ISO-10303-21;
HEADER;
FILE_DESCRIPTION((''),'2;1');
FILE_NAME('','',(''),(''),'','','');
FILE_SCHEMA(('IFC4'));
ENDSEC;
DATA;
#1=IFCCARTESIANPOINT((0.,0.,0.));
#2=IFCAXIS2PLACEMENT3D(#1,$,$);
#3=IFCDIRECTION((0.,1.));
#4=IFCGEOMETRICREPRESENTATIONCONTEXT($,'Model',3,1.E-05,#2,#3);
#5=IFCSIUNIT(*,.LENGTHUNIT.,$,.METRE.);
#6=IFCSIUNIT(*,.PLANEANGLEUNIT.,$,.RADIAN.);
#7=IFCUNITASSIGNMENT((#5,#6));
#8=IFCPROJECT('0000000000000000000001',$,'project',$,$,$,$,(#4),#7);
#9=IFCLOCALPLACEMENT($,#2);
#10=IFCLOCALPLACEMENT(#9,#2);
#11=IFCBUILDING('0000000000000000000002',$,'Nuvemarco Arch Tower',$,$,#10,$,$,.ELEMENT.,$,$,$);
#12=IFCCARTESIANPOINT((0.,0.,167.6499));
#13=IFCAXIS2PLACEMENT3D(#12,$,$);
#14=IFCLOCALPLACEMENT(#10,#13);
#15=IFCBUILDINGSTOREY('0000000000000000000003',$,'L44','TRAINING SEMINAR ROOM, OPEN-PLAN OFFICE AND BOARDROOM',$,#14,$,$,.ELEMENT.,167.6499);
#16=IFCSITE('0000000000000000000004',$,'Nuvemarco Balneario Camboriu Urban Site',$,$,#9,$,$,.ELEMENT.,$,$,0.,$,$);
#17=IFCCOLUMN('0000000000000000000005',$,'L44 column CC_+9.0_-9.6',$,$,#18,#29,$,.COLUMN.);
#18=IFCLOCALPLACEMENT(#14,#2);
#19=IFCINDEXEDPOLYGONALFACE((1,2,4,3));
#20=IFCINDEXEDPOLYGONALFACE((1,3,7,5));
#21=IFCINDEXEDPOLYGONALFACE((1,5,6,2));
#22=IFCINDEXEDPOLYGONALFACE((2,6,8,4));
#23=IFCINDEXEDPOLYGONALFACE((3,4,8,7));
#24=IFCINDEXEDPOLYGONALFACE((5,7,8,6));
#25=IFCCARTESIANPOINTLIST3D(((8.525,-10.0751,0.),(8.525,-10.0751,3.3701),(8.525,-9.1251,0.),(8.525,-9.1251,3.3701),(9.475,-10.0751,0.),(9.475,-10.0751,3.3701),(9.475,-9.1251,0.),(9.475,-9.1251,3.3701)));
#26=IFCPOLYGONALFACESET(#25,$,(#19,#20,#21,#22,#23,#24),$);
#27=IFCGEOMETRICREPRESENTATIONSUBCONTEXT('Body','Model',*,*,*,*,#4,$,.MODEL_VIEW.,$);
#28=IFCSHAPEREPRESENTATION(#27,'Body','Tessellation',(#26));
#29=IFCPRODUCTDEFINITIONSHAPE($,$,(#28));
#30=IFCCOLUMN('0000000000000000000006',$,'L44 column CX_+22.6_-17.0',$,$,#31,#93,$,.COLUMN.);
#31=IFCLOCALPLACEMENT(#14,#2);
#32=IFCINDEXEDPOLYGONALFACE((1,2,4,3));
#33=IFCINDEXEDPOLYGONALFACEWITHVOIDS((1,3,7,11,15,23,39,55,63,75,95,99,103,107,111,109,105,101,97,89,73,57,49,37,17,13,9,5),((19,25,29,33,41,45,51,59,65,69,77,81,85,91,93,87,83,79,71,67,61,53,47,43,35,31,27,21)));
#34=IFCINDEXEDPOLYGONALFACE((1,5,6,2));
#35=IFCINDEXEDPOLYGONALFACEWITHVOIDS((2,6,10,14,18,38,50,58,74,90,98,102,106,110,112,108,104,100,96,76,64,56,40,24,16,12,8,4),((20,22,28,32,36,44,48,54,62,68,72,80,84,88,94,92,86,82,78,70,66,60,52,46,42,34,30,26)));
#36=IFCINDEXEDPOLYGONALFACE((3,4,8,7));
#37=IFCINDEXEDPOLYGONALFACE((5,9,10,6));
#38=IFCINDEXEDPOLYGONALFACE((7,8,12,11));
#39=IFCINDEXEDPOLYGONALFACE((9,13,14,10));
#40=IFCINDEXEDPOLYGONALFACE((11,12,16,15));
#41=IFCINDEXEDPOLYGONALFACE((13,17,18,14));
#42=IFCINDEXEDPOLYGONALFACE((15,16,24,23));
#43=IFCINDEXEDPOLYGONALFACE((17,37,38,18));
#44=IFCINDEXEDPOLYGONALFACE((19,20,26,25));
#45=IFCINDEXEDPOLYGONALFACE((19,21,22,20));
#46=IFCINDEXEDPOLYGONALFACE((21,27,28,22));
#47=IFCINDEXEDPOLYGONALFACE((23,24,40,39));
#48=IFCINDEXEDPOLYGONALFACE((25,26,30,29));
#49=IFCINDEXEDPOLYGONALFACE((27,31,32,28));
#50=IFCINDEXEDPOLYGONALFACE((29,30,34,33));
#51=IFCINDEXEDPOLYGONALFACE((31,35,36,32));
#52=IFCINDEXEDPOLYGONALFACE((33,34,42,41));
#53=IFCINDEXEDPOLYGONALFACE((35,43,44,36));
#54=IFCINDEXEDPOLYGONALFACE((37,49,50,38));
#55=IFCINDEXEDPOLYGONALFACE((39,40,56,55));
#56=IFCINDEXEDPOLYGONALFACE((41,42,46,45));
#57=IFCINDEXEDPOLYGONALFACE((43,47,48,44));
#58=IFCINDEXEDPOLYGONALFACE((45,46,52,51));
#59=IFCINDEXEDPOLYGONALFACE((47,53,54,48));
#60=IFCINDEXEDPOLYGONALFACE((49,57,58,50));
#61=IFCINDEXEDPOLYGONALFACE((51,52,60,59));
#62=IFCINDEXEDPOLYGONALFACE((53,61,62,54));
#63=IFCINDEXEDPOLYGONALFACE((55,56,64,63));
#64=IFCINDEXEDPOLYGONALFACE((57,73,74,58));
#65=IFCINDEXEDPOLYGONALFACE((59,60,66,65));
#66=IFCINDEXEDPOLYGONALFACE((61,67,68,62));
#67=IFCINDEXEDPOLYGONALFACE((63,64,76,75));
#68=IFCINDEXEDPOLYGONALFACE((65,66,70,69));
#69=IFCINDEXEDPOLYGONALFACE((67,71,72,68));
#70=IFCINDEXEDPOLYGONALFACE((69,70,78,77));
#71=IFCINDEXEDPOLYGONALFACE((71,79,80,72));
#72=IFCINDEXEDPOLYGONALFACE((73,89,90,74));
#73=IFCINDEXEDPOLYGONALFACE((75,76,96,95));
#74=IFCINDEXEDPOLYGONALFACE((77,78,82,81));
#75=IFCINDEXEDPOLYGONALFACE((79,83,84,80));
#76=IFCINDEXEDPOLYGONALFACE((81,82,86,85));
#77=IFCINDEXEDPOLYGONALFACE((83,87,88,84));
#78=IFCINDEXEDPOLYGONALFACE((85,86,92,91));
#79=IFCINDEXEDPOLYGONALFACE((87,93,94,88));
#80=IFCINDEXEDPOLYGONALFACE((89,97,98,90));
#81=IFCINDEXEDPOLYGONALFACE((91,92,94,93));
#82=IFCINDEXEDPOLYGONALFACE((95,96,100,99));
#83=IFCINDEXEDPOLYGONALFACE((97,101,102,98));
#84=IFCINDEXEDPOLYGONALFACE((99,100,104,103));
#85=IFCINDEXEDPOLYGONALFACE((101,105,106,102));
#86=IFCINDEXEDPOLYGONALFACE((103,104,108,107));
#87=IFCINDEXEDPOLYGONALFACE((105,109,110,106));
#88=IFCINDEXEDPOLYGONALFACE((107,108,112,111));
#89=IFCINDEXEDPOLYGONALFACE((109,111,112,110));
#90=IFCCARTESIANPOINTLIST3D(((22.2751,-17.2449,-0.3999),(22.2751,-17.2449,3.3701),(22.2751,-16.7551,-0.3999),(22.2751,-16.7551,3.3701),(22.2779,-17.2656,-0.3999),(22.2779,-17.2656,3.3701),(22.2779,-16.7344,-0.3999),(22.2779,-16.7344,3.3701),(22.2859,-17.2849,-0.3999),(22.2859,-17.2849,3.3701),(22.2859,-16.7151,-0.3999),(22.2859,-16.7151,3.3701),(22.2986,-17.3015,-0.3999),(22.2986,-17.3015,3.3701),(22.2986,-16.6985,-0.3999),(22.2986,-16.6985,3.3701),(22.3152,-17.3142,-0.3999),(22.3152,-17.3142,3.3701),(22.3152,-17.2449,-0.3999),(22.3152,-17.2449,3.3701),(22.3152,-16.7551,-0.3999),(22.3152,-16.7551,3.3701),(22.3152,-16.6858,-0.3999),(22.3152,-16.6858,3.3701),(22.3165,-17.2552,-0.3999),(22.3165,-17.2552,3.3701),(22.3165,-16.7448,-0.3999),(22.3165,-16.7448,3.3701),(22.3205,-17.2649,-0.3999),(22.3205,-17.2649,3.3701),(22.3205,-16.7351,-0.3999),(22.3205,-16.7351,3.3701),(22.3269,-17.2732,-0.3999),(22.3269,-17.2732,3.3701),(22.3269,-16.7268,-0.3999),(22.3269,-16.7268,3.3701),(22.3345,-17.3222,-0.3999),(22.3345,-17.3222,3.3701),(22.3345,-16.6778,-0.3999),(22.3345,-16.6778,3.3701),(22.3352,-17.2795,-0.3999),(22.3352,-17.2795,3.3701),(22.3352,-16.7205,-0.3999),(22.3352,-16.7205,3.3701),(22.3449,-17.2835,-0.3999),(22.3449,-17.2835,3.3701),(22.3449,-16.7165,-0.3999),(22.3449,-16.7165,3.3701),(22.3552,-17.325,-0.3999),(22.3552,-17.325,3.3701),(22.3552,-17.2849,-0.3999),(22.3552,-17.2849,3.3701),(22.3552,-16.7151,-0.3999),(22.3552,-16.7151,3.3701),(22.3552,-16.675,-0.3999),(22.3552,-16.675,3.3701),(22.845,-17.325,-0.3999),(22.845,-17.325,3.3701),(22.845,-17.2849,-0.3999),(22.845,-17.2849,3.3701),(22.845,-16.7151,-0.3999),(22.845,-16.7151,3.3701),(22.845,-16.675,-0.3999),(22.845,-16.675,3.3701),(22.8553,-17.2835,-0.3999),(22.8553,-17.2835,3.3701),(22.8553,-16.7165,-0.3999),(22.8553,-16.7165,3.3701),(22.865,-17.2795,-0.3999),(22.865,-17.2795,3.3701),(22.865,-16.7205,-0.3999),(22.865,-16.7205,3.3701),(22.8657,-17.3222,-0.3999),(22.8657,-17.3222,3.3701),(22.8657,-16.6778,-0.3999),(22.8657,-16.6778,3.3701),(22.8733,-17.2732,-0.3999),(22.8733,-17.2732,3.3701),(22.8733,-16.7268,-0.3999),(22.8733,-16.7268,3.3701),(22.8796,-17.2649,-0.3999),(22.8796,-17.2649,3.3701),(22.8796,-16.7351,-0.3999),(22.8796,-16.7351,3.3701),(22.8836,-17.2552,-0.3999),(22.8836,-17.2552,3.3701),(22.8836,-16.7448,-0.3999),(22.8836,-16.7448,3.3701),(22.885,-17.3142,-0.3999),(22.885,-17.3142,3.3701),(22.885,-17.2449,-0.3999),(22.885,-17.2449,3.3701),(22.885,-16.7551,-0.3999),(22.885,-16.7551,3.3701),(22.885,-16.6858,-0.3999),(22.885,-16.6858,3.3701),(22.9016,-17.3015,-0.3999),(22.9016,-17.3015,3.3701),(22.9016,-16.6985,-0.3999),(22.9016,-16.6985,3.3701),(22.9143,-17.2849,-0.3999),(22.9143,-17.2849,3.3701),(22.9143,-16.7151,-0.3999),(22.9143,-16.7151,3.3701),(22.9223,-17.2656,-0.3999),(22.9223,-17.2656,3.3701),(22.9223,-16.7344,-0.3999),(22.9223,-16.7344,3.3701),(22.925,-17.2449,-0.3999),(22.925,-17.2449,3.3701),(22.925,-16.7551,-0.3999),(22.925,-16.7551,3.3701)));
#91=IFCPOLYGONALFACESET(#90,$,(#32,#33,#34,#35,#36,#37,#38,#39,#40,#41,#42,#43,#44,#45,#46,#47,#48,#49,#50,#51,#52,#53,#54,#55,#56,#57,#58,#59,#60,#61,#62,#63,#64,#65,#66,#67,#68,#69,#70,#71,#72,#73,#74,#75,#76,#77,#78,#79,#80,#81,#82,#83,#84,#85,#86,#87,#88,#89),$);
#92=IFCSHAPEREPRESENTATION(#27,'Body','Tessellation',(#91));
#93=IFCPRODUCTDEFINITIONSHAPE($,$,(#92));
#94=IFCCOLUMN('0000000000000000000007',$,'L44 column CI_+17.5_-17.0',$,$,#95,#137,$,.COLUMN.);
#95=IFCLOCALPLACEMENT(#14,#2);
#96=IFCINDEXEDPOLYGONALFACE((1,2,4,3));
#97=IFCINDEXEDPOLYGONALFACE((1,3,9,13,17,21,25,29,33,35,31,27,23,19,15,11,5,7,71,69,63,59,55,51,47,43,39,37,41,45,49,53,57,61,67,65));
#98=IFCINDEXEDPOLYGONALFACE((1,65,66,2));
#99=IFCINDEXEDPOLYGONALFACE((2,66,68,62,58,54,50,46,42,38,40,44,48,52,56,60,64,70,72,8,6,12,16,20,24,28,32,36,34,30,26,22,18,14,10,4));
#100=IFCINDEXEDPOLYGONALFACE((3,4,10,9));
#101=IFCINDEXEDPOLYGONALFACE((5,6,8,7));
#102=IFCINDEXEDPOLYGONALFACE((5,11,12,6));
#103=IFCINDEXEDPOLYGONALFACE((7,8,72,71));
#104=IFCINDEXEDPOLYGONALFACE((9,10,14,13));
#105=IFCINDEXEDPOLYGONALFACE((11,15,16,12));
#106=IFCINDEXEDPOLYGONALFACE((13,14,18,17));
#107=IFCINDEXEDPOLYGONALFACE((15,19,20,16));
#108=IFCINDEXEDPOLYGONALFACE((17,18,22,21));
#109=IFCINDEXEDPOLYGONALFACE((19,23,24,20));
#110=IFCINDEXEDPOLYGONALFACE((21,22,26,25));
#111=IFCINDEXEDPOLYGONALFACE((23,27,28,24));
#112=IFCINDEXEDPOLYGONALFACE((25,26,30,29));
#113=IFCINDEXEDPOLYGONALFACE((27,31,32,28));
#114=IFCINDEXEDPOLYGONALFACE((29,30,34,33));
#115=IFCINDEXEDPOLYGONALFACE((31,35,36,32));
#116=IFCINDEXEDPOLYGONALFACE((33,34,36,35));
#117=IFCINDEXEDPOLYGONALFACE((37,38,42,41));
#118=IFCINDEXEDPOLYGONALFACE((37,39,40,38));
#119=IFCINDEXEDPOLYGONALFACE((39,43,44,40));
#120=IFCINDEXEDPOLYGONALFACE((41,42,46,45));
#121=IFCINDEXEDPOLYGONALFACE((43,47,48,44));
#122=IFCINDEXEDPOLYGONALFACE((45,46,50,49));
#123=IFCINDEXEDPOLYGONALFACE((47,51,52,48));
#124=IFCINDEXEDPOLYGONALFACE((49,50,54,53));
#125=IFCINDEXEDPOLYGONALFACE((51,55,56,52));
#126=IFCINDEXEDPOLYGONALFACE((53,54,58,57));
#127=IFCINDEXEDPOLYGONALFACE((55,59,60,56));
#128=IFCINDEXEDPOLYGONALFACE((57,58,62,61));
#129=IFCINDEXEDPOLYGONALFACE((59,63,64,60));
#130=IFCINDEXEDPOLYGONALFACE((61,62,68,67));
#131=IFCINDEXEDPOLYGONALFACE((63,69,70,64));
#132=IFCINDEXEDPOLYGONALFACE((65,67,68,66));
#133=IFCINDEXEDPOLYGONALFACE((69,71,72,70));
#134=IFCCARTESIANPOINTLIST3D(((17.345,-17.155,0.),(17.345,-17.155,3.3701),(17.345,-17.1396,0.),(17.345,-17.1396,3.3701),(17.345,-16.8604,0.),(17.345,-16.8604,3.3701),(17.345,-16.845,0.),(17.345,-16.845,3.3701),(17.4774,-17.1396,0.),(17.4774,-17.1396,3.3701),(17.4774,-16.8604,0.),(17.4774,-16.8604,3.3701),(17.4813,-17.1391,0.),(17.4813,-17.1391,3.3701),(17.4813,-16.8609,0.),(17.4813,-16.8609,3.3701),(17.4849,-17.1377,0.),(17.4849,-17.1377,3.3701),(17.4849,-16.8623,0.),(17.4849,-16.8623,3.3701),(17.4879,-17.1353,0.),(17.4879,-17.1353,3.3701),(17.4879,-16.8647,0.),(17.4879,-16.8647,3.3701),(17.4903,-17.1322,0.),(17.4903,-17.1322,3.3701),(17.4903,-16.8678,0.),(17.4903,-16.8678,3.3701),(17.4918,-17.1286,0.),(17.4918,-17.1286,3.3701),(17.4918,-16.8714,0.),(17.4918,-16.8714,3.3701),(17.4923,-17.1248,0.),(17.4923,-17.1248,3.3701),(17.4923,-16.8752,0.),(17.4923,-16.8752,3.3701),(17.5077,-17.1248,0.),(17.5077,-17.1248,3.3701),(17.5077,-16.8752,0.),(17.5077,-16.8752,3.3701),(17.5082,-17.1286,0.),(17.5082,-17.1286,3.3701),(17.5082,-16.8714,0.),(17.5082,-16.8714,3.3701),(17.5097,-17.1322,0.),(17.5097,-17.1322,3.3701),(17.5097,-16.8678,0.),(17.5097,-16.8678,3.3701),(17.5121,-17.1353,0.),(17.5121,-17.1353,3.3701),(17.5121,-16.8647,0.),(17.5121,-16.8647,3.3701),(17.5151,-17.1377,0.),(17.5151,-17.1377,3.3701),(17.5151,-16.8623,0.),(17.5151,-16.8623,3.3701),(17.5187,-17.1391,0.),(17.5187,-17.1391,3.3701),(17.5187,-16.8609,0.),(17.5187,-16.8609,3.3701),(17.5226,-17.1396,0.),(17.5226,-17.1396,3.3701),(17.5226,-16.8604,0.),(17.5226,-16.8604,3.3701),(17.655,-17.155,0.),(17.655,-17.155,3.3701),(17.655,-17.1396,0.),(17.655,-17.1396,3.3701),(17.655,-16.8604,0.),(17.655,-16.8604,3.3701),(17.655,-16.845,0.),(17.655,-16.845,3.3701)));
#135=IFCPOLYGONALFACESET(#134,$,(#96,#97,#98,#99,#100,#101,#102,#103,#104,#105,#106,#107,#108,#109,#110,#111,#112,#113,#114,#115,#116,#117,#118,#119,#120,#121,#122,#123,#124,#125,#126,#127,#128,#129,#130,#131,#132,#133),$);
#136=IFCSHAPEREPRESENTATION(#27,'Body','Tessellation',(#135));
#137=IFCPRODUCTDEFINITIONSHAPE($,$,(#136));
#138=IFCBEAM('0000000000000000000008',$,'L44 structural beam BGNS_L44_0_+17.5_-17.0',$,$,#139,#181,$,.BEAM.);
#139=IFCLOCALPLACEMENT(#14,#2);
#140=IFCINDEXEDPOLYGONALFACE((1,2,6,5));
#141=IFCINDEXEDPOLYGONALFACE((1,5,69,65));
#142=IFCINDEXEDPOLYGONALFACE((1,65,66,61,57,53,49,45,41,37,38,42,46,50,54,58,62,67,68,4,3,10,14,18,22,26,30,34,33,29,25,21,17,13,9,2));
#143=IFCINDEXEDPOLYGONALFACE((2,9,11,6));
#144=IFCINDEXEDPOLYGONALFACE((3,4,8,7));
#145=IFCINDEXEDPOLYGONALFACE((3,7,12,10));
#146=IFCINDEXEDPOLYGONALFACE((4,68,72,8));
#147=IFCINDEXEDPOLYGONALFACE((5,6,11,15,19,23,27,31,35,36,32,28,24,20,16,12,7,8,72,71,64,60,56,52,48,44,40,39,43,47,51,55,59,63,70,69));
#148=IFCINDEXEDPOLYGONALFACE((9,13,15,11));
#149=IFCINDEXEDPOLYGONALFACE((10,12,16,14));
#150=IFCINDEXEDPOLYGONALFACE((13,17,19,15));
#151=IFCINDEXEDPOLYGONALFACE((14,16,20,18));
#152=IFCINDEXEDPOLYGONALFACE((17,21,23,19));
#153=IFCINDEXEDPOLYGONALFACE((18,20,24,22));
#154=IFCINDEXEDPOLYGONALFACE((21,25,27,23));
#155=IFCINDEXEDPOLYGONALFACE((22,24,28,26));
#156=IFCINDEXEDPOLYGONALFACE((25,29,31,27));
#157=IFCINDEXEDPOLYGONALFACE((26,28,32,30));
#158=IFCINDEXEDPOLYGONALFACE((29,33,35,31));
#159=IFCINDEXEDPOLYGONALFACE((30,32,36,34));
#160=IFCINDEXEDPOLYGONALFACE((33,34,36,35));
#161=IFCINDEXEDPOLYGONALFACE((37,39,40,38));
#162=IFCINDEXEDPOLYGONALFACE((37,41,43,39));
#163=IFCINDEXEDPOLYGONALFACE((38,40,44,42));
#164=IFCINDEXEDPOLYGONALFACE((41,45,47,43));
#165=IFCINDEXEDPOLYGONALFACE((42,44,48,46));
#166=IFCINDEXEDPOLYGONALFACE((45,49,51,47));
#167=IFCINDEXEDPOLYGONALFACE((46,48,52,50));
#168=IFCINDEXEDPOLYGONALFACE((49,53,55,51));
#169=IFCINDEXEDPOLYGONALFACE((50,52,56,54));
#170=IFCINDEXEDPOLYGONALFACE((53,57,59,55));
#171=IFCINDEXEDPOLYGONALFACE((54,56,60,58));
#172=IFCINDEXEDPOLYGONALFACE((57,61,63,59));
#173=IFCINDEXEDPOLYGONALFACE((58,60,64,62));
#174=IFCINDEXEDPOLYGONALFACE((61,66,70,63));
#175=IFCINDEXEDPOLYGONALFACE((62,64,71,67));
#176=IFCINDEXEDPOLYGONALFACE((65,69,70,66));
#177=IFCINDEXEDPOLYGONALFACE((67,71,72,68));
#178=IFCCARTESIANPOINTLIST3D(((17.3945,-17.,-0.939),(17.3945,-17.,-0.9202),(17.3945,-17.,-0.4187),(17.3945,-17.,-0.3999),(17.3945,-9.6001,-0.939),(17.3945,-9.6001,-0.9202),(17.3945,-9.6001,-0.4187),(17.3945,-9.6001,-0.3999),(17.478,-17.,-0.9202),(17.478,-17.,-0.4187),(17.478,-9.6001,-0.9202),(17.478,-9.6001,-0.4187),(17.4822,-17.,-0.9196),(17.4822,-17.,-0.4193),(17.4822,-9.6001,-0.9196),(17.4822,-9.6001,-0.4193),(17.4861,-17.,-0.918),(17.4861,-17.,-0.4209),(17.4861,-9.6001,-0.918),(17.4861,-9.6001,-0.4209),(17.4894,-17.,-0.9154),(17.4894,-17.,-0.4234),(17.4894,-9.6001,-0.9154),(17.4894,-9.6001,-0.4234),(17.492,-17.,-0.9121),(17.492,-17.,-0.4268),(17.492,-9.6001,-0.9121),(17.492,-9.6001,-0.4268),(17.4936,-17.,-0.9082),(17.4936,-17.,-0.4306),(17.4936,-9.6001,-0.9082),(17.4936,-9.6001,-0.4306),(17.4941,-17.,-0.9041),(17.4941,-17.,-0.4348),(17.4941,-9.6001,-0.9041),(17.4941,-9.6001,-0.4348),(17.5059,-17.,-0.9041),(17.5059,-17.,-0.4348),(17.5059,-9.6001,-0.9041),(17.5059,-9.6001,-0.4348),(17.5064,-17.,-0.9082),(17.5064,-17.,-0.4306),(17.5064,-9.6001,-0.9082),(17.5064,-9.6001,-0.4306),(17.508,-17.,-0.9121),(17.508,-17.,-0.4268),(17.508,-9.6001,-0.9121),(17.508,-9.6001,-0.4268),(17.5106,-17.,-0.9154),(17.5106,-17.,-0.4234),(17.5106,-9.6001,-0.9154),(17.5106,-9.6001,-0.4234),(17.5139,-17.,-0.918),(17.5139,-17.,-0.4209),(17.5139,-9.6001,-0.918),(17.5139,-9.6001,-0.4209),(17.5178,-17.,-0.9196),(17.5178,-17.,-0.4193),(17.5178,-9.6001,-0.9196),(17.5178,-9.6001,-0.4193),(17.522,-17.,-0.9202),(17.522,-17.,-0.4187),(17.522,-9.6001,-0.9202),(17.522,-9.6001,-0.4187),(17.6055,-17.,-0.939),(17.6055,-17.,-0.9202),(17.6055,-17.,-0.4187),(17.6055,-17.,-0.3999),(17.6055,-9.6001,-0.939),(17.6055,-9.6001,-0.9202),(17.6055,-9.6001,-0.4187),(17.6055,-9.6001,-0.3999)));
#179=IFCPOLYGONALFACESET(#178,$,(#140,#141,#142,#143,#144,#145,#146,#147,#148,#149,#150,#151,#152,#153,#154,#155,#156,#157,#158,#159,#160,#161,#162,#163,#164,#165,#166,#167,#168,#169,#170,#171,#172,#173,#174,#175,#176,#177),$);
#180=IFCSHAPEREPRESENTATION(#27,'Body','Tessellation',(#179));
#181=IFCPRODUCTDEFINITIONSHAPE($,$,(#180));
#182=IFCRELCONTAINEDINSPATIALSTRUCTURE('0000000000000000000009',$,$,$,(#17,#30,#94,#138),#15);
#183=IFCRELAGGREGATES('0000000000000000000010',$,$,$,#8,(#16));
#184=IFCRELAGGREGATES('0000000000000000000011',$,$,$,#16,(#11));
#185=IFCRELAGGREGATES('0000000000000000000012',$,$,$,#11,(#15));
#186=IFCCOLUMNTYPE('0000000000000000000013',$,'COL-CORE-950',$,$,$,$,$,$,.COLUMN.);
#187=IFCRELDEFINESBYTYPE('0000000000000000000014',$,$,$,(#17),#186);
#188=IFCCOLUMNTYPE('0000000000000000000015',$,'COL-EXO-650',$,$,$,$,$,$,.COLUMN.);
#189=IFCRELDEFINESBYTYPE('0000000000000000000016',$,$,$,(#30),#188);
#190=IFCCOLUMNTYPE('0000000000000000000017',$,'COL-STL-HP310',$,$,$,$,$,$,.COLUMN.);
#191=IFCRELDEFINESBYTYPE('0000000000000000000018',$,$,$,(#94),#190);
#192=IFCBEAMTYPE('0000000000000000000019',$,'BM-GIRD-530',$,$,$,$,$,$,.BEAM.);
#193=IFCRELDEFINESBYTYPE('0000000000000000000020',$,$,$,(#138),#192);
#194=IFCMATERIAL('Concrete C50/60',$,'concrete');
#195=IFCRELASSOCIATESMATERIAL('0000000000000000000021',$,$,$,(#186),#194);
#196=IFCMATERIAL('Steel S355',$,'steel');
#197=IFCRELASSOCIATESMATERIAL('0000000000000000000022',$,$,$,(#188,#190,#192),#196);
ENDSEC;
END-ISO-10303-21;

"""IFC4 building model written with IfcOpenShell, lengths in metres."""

from ifc_helpers import new_model, si_unit, direction, frame, origin, origin_2d, place, context, subcontext, project, spatial, rectangle, hollow_rectangle, i_section, extrude, material, material_profile, profile_set, type_object, element, save


model = new_model("IFC4")

# Units and contexts
model_context = context("Model", 3, precision=1e-05, world=origin(), true_north=direction((0.0, 1.0)))
body_context = subcontext(model_context, "Body", "Model", "MODEL_VIEW")
ifc_project = project(units=[si_unit("LENGTHUNIT", "METRE"), si_unit("PLANEANGLEUNIT", "RADIAN")], contexts=[model_context])

# Site, building, storey
site_placement = place(None, origin())
site = spatial("IfcSite", under=ifc_project, at=site_placement, Name="Nuvemarco Balneario Camboriu Urban Site", CompositionType="ELEMENT", RefElevation=0.0)
building_placement = place(site_placement, origin())
building = spatial("IfcBuilding", under=site, at=building_placement, Name="Nuvemarco Arch Tower", CompositionType="ELEMENT")
storey_placement = place(building_placement, frame((0.0, 0.0, 167.6499)))
storey = spatial("IfcBuildingStorey", under=building, at=storey_placement, Name="L44", Description="TRAINING SEMINAR ROOM, OPEN-PLAN OFFICE AND BOARDROOM", CompositionType="ELEMENT", Elevation=167.6499)

# Columns
ifc_material_1 = material(Name="Concrete C50/60", Category="concrete")
ifc_material_profile_1 = material_profile(ifc_material_1, rectangle(XDim=0.95, YDim=0.95, at=origin_2d()), Name="RC-COL-950x950")
ifc_profile_set_1 = profile_set([ifc_material_profile_1], Name="Concrete C50/60")
column_type_1 = type_object("IfcColumnType", Name="COL-CORE-950", PredefinedType="COLUMN", material=ifc_profile_set_1)
column_1_placement = place(storey_placement, frame((9.0, -9.6001, 0.0), z_axis=(0.0, 0.0, 1.0), x_axis=(1.0, 0.0, 0.0)))
element("IfcColumn", 1, at=column_1_placement, inside=storey, type_object=column_type_1, Name="L44 column CC_+9.0_-9.6", PredefinedType="COLUMN", context=body_context, shape_type="SweptSolid", body=[
    extrude(rectangle(XDim=0.95, YDim=0.95, at=origin_2d()), origin(), (0.0, 0.0, 1.0), 3.3701),
])
ifc_material_2 = material(Name="Steel S355", Category="steel")
ifc_material_profile_2 = material_profile(ifc_material_2, hollow_rectangle(XDim=0.6499, YDim=0.6499, WallThickness=0.04, InnerFilletRadius=0.04, OuterFilletRadius=0.0801, at=origin_2d()), Name="SHS650x650x40")
ifc_profile_set_2 = profile_set([ifc_material_profile_2], Name="Steel S355")
column_type_2 = type_object("IfcColumnType", Name="COL-EXO-650", PredefinedType="COLUMN", material=ifc_profile_set_2)
column_2_placement = place(storey_placement, frame((22.6001, -17.0, -0.3999), z_axis=(0.0, 0.0, 1.0), x_axis=(1.0, 0.0, 0.0)))
element("IfcColumn", 2, at=column_2_placement, inside=storey, type_object=column_type_2, Name="L44 column CX_+22.6_-17.0", PredefinedType="COLUMN", context=body_context, shape_type="SweptSolid", body=[
    extrude(hollow_rectangle(XDim=0.6499, YDim=0.6499, WallThickness=0.04, InnerFilletRadius=0.04, OuterFilletRadius=0.0801, at=origin_2d()), origin(), (0.0, 0.0, 1.0), 3.77),
])
ifc_material_profile_3 = material_profile(ifc_material_2, i_section(OverallWidth=0.3101, OverallDepth=0.3101, WebThickness=0.0154, FlangeThickness=0.0154, FilletRadius=0.0149, at=origin_2d()), Name="HP310x110")
ifc_profile_set_3 = profile_set([ifc_material_profile_3], Name="Steel S355")
column_type_3 = type_object("IfcColumnType", Name="COL-STL-HP310", PredefinedType="COLUMN", material=ifc_profile_set_3)
column_3_placement = place(storey_placement, frame((17.5, -17.0, 0.0), z_axis=(0.0, 0.0, 1.0), x_axis=(1.0, 0.0, 0.0)))
element("IfcColumn", 3, at=column_3_placement, inside=storey, type_object=column_type_3, Name="L44 column CI_+17.5_-17.0", PredefinedType="COLUMN", context=body_context, shape_type="SweptSolid", body=[
    extrude(i_section(OverallWidth=0.3101, OverallDepth=0.3101, WebThickness=0.0154, FlangeThickness=0.0154, FilletRadius=0.0149, at=origin_2d()), origin(), (0.0, 0.0, 1.0), 3.3701),
])

# Beam
ifc_material_profile_4 = material_profile(ifc_material_2, i_section(OverallWidth=0.2109, OverallDepth=0.5391, WebThickness=0.0117, FlangeThickness=0.0188, FilletRadius=0.0161, at=origin_2d()), Name="W530x109")
ifc_profile_set_4 = profile_set([ifc_material_profile_4], Name="Steel S355")
beam_type_1 = type_object("IfcBeamType", Name="BM-GIRD-530", PredefinedType="BEAM", material=ifc_profile_set_4)
beam_1_placement = place(storey_placement, frame((17.5, -17.0, -0.6694), z_axis=(0.0, 1.0, 0.0), x_axis=(-1.0, 0.0, 0.0)))
element("IfcBeam", 4, at=beam_1_placement, inside=storey, type_object=beam_type_1, Name="L44 structural beam BGNS_L44_0_+17.5_-17.0", PredefinedType="BEAM", context=body_context, shape_type="SweptSolid", body=[
    extrude(i_section(OverallWidth=0.2109, OverallDepth=0.5391, WebThickness=0.0117, FlangeThickness=0.0188, FilletRadius=0.0161, at=origin_2d()), origin(), (0.0, 0.0, 1.0), 7.3999),
])

save(model, "model.ifc")
